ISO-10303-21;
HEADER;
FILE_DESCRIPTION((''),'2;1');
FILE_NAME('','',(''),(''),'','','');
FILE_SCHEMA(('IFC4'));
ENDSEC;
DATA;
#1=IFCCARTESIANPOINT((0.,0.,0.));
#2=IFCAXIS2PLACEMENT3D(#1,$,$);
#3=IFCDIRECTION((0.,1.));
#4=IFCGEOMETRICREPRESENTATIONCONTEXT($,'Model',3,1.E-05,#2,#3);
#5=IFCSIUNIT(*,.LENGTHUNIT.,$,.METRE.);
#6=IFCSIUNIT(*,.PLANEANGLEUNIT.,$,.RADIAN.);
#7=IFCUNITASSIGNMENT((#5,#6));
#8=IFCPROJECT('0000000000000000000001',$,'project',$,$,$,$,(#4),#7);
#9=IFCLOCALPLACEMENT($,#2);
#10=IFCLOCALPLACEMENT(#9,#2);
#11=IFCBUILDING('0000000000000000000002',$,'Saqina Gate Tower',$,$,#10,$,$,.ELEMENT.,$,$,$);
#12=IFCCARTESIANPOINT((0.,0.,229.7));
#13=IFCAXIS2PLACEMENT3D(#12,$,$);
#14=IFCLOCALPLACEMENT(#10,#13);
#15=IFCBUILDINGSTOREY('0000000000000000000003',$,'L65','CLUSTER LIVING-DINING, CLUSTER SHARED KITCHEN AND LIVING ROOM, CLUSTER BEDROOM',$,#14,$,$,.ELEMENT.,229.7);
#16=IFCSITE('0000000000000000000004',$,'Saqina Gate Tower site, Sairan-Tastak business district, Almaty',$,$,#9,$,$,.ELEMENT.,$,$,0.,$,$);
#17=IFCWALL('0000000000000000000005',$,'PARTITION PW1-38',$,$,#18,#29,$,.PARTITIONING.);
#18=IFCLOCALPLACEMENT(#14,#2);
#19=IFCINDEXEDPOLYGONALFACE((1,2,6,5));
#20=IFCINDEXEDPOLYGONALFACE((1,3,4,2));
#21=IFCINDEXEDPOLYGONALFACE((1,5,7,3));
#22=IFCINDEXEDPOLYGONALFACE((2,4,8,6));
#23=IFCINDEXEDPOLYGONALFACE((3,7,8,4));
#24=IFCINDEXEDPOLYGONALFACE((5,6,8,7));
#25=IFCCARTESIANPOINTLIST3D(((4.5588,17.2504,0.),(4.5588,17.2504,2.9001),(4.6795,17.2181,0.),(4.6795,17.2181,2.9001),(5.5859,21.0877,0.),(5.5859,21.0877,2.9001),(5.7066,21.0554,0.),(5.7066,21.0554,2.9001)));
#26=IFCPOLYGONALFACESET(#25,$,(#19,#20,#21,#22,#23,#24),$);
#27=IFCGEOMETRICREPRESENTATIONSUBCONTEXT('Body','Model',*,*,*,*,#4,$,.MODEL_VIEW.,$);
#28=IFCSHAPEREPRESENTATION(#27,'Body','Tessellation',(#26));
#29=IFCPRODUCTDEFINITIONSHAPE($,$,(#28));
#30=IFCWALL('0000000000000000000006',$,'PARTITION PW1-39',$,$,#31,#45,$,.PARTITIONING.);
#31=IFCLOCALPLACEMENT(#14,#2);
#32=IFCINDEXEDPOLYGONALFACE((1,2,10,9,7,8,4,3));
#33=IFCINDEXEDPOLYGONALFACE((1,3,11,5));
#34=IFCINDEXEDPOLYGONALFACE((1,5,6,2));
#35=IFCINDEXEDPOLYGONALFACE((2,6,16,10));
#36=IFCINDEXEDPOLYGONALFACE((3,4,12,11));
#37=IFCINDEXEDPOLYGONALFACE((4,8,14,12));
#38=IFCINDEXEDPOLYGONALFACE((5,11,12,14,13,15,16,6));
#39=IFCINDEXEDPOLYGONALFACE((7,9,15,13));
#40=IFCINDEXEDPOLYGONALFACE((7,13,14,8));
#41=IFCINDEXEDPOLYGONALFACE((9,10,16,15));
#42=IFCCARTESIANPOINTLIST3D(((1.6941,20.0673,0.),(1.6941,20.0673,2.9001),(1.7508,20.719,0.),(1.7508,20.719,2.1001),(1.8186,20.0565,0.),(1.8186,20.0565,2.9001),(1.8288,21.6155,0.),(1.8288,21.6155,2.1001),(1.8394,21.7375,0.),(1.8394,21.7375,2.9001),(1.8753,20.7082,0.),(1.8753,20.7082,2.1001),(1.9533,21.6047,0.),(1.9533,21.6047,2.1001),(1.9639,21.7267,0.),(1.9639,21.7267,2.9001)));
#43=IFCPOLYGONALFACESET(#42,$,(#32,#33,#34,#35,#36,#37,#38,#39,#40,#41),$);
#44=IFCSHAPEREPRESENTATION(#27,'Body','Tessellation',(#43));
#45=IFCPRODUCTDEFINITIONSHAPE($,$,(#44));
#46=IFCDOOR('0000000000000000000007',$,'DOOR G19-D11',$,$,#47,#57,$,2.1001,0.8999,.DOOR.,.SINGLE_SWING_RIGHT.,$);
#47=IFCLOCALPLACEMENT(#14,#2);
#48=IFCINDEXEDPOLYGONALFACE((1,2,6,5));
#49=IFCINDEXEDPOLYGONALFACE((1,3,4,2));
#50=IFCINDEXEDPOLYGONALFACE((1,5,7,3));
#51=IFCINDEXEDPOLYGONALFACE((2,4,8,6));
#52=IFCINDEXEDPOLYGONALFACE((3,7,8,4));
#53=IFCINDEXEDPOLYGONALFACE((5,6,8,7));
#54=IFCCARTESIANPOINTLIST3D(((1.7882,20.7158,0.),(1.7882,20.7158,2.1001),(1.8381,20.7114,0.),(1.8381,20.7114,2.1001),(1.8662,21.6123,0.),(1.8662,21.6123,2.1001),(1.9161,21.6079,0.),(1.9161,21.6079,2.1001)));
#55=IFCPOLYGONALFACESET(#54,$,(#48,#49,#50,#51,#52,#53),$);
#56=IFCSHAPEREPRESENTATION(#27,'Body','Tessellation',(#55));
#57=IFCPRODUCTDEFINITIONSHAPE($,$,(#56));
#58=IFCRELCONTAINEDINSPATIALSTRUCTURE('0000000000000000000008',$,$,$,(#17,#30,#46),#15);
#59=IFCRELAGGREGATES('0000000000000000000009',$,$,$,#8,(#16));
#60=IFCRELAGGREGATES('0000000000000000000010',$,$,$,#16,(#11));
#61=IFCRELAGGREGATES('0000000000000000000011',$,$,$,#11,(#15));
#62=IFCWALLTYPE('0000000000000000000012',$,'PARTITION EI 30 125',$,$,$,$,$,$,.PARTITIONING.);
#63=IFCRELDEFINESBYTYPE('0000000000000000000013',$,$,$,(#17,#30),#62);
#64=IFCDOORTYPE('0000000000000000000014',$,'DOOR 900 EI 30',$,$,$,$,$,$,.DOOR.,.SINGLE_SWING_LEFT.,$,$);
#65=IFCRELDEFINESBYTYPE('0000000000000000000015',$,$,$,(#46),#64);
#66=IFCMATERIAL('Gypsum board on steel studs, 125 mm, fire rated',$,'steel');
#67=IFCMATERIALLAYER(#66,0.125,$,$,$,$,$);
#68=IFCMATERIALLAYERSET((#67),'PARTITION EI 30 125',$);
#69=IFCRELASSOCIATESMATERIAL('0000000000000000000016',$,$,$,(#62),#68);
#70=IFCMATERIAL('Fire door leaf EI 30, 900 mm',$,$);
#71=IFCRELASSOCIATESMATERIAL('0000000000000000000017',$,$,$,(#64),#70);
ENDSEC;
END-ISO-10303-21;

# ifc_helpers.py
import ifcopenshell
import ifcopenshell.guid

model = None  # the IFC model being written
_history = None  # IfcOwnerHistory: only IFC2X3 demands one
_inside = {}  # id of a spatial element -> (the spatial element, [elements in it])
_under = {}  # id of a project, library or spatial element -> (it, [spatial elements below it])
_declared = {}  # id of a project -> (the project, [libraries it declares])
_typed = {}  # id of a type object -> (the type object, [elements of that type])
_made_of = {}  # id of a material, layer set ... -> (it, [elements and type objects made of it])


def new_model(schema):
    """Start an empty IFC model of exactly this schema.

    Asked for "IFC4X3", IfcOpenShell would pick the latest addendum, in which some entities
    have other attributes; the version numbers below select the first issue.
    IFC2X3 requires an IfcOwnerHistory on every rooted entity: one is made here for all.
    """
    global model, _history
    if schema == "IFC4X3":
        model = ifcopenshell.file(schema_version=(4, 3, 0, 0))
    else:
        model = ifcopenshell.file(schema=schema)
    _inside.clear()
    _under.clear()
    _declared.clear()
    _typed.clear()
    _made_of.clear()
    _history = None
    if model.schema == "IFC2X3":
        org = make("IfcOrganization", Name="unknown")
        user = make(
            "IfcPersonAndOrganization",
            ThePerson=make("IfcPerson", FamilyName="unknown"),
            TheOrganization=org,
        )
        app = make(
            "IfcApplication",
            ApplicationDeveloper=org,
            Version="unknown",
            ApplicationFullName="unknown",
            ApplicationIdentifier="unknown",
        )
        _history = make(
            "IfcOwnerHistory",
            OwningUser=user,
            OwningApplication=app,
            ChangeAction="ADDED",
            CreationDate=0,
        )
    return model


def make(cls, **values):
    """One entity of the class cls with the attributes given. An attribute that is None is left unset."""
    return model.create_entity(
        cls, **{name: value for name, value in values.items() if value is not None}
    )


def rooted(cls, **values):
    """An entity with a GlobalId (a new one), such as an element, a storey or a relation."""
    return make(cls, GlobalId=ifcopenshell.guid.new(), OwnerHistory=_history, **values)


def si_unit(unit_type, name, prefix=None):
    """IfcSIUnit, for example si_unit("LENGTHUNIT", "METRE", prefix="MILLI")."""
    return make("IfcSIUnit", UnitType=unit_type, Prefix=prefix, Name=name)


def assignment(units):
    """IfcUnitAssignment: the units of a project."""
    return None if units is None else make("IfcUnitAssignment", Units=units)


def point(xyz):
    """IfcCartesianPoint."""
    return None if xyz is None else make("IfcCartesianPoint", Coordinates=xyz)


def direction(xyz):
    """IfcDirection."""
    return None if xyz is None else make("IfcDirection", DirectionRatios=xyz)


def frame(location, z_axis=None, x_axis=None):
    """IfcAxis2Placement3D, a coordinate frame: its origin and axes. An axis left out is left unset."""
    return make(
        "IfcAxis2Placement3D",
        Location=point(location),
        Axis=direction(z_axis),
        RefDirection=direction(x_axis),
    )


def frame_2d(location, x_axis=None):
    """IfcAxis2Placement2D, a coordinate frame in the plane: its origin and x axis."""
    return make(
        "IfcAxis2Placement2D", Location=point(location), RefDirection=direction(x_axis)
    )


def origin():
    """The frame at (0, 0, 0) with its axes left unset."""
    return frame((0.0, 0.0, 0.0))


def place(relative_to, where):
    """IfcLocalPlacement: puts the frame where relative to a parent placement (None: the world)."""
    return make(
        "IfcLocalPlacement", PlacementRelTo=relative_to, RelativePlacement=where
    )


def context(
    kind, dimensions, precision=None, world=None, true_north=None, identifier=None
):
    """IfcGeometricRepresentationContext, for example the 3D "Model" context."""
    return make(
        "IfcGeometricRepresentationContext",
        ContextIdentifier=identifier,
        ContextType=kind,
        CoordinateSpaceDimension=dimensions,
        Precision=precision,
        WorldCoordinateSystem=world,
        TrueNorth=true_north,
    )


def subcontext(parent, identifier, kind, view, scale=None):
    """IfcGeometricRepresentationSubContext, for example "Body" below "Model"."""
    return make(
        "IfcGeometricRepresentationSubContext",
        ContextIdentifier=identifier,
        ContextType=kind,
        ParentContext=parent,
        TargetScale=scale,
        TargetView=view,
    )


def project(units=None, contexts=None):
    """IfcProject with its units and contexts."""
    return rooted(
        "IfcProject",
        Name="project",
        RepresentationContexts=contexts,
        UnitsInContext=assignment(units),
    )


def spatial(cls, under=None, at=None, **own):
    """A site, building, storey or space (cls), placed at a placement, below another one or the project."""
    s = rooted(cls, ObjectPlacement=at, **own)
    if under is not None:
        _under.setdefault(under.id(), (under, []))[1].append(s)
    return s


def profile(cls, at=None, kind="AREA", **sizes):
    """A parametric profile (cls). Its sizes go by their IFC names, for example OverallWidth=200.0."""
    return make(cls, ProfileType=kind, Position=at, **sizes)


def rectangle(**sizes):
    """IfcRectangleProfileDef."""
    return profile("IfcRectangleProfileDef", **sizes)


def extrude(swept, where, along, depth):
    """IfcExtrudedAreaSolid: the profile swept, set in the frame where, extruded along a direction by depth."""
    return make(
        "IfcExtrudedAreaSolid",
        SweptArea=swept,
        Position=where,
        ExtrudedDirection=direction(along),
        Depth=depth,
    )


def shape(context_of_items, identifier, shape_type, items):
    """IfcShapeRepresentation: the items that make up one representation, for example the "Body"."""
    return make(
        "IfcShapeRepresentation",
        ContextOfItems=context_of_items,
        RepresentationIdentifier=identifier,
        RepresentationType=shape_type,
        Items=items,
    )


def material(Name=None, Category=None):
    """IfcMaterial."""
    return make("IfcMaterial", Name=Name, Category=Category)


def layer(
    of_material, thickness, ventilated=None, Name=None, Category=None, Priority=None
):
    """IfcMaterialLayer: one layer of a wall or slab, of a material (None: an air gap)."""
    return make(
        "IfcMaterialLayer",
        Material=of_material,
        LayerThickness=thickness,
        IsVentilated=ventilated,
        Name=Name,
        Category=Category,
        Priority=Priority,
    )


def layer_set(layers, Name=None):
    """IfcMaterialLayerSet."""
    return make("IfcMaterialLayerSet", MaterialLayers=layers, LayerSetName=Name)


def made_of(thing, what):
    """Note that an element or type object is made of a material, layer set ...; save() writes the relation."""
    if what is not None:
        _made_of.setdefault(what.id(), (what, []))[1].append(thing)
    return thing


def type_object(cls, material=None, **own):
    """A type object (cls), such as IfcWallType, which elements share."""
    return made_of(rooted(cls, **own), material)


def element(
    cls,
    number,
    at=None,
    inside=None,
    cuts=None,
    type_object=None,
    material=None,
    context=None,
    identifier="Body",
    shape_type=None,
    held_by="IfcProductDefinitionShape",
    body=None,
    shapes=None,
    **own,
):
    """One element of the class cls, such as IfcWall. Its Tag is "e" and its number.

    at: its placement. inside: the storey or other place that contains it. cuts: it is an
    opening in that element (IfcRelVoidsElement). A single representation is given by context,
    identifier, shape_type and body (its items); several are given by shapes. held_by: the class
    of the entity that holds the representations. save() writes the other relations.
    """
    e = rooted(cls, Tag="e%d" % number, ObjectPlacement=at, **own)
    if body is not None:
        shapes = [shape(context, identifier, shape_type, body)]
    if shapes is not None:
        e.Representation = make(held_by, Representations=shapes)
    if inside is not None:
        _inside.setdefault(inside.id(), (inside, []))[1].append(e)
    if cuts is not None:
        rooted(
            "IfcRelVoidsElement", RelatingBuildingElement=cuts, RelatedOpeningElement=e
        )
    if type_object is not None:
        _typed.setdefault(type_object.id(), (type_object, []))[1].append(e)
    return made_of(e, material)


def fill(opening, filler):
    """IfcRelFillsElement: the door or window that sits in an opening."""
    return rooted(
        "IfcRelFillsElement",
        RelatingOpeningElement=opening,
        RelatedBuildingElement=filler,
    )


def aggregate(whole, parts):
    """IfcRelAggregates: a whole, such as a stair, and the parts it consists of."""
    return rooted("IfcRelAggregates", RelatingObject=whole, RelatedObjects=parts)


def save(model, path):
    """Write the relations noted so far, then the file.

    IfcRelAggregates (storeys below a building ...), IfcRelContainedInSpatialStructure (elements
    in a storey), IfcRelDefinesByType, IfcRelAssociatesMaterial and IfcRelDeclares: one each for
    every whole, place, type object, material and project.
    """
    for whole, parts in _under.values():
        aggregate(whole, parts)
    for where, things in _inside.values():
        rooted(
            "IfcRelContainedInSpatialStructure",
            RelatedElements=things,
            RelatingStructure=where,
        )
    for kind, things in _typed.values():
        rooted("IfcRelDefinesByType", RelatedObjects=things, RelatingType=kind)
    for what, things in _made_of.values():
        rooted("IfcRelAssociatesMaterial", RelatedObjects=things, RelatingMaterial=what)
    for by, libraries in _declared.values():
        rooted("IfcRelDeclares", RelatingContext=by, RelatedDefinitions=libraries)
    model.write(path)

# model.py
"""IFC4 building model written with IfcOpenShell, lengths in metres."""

from ifc_helpers import new_model, si_unit, direction, frame, frame_2d, origin, place, context, subcontext, project, spatial, rectangle, extrude, material, layer, layer_set, type_object, element, fill, save


model = new_model("IFC4")

# Units and contexts
model_context = context("Model", 3, precision=1e-05, world=origin(), true_north=direction((0.0, 1.0)))
body_context = subcontext(model_context, "Body", "Model", "MODEL_VIEW")
ifc_project = project(units=[si_unit("LENGTHUNIT", "METRE"), si_unit("PLANEANGLEUNIT", "RADIAN")], contexts=[model_context])

# Site, building, storey
site_placement = place(None, origin())
site = spatial("IfcSite", under=ifc_project, at=site_placement, Name="Saqina Gate Tower site, Sairan-Tastak business district, Almaty", CompositionType="ELEMENT", RefElevation=0.0)
building_placement = place(site_placement, origin())
building = spatial("IfcBuilding", under=site, at=building_placement, Name="Saqina Gate Tower", CompositionType="ELEMENT")
storey_placement = place(building_placement, frame((0.0, 0.0, 229.7)))
storey = spatial("IfcBuildingStorey", under=building, at=storey_placement, Name="L65", Description="CLUSTER LIVING-DINING, CLUSTER SHARED KITCHEN AND LIVING ROOM, CLUSTER BEDROOM", CompositionType="ELEMENT", Elevation=229.7)

# Wall
ifc_material_1 = material(Name="Gypsum board on steel studs, 125 mm, fire rated", Category="steel")
ifc_layer_1 = layer(ifc_material_1, 0.125)
ifc_layer_set_1 = layer_set([ifc_layer_1], Name="PARTITION EI 30 125")
wall_type_1 = type_object("IfcWallType", Name="PARTITION EI 30 125", PredefinedType="PARTITIONING", material=ifc_layer_set_1)
wall_1_placement = place(storey_placement, frame((4.6191, 17.2341, 0.0), z_axis=(0.0, 0.0, 1.0), x_axis=(0.258554, 0.965997, 0.0)))
element("IfcWall", 1, at=wall_1_placement, inside=storey, type_object=wall_type_1, Name="PARTITION PW1-38", PredefinedType="PARTITIONING", context=body_context, shape_type="SweptSolid", body=[
    extrude(rectangle(XDim=3.9724, YDim=0.125, at=frame_2d((1.9863, 0.0))), origin(), (0.0, 0.0, 1.0), 2.9001),
])

# Wall, opening, door
wall_2_placement = place(storey_placement, frame((1.7563, 20.0618, 0.0), z_axis=(0.0, 0.0, 1.0), x_axis=(0.086648, 0.996239, 0.0)))
wall_2 = element("IfcWall", 2, at=wall_2_placement, inside=storey, type_object=wall_type_1, Name="PARTITION PW1-39", PredefinedType="PARTITIONING", context=body_context, shape_type="SweptSolid", body=[
    extrude(rectangle(XDim=1.6765, YDim=0.125, at=frame_2d((0.8384, 0.0))), origin(), (0.0, 0.0, 1.0), 2.9001),
])
opening_1_placement = place(wall_2_placement, frame((0.6543, 0.0, 0.0)))
opening_1 = element("IfcOpeningElement", 3, at=opening_1_placement, cuts=wall_2, PredefinedType="OPENING", context=body_context, shape_type="SweptSolid", body=[
    extrude(rectangle(XDim=0.8999, YDim=2.1001, at=frame_2d((0.45, 1.05))), frame((0.0, 0.0745, 0.0), z_axis=(0.0, -1.0, 0.0), x_axis=(1.0, 0.0, 0.0)), (0.0, 0.0, 1.0), 0.1489),
])
ifc_material_2 = material(Name="Fire door leaf EI 30, 900 mm")
door_type_1 = type_object("IfcDoorType", Name="DOOR 900 EI 30", OperationType="SINGLE_SWING_LEFT", PredefinedType="DOOR", material=ifc_material_2)
door_1_placement = place(opening_1_placement, origin())
door_1 = element("IfcDoor", 4, at=door_1_placement, inside=storey, type_object=door_type_1, Name="DOOR G19-D11", OperationType="SINGLE_SWING_RIGHT", OverallHeight=2.1001, OverallWidth=0.8999, PredefinedType="DOOR", context=body_context, shape_type="SweptSolid", body=[
    extrude(rectangle(XDim=0.8999, YDim=2.1001, at=frame_2d((0.45, 1.05))), frame((0.0, 0.0249, 0.0), z_axis=(0.0, -1.0, 0.0), x_axis=(1.0, 0.0, 0.0)), (0.0, 0.0, 1.0), 0.05),
])
fill(opening_1, door_1)

save(model, "model.ifc")
